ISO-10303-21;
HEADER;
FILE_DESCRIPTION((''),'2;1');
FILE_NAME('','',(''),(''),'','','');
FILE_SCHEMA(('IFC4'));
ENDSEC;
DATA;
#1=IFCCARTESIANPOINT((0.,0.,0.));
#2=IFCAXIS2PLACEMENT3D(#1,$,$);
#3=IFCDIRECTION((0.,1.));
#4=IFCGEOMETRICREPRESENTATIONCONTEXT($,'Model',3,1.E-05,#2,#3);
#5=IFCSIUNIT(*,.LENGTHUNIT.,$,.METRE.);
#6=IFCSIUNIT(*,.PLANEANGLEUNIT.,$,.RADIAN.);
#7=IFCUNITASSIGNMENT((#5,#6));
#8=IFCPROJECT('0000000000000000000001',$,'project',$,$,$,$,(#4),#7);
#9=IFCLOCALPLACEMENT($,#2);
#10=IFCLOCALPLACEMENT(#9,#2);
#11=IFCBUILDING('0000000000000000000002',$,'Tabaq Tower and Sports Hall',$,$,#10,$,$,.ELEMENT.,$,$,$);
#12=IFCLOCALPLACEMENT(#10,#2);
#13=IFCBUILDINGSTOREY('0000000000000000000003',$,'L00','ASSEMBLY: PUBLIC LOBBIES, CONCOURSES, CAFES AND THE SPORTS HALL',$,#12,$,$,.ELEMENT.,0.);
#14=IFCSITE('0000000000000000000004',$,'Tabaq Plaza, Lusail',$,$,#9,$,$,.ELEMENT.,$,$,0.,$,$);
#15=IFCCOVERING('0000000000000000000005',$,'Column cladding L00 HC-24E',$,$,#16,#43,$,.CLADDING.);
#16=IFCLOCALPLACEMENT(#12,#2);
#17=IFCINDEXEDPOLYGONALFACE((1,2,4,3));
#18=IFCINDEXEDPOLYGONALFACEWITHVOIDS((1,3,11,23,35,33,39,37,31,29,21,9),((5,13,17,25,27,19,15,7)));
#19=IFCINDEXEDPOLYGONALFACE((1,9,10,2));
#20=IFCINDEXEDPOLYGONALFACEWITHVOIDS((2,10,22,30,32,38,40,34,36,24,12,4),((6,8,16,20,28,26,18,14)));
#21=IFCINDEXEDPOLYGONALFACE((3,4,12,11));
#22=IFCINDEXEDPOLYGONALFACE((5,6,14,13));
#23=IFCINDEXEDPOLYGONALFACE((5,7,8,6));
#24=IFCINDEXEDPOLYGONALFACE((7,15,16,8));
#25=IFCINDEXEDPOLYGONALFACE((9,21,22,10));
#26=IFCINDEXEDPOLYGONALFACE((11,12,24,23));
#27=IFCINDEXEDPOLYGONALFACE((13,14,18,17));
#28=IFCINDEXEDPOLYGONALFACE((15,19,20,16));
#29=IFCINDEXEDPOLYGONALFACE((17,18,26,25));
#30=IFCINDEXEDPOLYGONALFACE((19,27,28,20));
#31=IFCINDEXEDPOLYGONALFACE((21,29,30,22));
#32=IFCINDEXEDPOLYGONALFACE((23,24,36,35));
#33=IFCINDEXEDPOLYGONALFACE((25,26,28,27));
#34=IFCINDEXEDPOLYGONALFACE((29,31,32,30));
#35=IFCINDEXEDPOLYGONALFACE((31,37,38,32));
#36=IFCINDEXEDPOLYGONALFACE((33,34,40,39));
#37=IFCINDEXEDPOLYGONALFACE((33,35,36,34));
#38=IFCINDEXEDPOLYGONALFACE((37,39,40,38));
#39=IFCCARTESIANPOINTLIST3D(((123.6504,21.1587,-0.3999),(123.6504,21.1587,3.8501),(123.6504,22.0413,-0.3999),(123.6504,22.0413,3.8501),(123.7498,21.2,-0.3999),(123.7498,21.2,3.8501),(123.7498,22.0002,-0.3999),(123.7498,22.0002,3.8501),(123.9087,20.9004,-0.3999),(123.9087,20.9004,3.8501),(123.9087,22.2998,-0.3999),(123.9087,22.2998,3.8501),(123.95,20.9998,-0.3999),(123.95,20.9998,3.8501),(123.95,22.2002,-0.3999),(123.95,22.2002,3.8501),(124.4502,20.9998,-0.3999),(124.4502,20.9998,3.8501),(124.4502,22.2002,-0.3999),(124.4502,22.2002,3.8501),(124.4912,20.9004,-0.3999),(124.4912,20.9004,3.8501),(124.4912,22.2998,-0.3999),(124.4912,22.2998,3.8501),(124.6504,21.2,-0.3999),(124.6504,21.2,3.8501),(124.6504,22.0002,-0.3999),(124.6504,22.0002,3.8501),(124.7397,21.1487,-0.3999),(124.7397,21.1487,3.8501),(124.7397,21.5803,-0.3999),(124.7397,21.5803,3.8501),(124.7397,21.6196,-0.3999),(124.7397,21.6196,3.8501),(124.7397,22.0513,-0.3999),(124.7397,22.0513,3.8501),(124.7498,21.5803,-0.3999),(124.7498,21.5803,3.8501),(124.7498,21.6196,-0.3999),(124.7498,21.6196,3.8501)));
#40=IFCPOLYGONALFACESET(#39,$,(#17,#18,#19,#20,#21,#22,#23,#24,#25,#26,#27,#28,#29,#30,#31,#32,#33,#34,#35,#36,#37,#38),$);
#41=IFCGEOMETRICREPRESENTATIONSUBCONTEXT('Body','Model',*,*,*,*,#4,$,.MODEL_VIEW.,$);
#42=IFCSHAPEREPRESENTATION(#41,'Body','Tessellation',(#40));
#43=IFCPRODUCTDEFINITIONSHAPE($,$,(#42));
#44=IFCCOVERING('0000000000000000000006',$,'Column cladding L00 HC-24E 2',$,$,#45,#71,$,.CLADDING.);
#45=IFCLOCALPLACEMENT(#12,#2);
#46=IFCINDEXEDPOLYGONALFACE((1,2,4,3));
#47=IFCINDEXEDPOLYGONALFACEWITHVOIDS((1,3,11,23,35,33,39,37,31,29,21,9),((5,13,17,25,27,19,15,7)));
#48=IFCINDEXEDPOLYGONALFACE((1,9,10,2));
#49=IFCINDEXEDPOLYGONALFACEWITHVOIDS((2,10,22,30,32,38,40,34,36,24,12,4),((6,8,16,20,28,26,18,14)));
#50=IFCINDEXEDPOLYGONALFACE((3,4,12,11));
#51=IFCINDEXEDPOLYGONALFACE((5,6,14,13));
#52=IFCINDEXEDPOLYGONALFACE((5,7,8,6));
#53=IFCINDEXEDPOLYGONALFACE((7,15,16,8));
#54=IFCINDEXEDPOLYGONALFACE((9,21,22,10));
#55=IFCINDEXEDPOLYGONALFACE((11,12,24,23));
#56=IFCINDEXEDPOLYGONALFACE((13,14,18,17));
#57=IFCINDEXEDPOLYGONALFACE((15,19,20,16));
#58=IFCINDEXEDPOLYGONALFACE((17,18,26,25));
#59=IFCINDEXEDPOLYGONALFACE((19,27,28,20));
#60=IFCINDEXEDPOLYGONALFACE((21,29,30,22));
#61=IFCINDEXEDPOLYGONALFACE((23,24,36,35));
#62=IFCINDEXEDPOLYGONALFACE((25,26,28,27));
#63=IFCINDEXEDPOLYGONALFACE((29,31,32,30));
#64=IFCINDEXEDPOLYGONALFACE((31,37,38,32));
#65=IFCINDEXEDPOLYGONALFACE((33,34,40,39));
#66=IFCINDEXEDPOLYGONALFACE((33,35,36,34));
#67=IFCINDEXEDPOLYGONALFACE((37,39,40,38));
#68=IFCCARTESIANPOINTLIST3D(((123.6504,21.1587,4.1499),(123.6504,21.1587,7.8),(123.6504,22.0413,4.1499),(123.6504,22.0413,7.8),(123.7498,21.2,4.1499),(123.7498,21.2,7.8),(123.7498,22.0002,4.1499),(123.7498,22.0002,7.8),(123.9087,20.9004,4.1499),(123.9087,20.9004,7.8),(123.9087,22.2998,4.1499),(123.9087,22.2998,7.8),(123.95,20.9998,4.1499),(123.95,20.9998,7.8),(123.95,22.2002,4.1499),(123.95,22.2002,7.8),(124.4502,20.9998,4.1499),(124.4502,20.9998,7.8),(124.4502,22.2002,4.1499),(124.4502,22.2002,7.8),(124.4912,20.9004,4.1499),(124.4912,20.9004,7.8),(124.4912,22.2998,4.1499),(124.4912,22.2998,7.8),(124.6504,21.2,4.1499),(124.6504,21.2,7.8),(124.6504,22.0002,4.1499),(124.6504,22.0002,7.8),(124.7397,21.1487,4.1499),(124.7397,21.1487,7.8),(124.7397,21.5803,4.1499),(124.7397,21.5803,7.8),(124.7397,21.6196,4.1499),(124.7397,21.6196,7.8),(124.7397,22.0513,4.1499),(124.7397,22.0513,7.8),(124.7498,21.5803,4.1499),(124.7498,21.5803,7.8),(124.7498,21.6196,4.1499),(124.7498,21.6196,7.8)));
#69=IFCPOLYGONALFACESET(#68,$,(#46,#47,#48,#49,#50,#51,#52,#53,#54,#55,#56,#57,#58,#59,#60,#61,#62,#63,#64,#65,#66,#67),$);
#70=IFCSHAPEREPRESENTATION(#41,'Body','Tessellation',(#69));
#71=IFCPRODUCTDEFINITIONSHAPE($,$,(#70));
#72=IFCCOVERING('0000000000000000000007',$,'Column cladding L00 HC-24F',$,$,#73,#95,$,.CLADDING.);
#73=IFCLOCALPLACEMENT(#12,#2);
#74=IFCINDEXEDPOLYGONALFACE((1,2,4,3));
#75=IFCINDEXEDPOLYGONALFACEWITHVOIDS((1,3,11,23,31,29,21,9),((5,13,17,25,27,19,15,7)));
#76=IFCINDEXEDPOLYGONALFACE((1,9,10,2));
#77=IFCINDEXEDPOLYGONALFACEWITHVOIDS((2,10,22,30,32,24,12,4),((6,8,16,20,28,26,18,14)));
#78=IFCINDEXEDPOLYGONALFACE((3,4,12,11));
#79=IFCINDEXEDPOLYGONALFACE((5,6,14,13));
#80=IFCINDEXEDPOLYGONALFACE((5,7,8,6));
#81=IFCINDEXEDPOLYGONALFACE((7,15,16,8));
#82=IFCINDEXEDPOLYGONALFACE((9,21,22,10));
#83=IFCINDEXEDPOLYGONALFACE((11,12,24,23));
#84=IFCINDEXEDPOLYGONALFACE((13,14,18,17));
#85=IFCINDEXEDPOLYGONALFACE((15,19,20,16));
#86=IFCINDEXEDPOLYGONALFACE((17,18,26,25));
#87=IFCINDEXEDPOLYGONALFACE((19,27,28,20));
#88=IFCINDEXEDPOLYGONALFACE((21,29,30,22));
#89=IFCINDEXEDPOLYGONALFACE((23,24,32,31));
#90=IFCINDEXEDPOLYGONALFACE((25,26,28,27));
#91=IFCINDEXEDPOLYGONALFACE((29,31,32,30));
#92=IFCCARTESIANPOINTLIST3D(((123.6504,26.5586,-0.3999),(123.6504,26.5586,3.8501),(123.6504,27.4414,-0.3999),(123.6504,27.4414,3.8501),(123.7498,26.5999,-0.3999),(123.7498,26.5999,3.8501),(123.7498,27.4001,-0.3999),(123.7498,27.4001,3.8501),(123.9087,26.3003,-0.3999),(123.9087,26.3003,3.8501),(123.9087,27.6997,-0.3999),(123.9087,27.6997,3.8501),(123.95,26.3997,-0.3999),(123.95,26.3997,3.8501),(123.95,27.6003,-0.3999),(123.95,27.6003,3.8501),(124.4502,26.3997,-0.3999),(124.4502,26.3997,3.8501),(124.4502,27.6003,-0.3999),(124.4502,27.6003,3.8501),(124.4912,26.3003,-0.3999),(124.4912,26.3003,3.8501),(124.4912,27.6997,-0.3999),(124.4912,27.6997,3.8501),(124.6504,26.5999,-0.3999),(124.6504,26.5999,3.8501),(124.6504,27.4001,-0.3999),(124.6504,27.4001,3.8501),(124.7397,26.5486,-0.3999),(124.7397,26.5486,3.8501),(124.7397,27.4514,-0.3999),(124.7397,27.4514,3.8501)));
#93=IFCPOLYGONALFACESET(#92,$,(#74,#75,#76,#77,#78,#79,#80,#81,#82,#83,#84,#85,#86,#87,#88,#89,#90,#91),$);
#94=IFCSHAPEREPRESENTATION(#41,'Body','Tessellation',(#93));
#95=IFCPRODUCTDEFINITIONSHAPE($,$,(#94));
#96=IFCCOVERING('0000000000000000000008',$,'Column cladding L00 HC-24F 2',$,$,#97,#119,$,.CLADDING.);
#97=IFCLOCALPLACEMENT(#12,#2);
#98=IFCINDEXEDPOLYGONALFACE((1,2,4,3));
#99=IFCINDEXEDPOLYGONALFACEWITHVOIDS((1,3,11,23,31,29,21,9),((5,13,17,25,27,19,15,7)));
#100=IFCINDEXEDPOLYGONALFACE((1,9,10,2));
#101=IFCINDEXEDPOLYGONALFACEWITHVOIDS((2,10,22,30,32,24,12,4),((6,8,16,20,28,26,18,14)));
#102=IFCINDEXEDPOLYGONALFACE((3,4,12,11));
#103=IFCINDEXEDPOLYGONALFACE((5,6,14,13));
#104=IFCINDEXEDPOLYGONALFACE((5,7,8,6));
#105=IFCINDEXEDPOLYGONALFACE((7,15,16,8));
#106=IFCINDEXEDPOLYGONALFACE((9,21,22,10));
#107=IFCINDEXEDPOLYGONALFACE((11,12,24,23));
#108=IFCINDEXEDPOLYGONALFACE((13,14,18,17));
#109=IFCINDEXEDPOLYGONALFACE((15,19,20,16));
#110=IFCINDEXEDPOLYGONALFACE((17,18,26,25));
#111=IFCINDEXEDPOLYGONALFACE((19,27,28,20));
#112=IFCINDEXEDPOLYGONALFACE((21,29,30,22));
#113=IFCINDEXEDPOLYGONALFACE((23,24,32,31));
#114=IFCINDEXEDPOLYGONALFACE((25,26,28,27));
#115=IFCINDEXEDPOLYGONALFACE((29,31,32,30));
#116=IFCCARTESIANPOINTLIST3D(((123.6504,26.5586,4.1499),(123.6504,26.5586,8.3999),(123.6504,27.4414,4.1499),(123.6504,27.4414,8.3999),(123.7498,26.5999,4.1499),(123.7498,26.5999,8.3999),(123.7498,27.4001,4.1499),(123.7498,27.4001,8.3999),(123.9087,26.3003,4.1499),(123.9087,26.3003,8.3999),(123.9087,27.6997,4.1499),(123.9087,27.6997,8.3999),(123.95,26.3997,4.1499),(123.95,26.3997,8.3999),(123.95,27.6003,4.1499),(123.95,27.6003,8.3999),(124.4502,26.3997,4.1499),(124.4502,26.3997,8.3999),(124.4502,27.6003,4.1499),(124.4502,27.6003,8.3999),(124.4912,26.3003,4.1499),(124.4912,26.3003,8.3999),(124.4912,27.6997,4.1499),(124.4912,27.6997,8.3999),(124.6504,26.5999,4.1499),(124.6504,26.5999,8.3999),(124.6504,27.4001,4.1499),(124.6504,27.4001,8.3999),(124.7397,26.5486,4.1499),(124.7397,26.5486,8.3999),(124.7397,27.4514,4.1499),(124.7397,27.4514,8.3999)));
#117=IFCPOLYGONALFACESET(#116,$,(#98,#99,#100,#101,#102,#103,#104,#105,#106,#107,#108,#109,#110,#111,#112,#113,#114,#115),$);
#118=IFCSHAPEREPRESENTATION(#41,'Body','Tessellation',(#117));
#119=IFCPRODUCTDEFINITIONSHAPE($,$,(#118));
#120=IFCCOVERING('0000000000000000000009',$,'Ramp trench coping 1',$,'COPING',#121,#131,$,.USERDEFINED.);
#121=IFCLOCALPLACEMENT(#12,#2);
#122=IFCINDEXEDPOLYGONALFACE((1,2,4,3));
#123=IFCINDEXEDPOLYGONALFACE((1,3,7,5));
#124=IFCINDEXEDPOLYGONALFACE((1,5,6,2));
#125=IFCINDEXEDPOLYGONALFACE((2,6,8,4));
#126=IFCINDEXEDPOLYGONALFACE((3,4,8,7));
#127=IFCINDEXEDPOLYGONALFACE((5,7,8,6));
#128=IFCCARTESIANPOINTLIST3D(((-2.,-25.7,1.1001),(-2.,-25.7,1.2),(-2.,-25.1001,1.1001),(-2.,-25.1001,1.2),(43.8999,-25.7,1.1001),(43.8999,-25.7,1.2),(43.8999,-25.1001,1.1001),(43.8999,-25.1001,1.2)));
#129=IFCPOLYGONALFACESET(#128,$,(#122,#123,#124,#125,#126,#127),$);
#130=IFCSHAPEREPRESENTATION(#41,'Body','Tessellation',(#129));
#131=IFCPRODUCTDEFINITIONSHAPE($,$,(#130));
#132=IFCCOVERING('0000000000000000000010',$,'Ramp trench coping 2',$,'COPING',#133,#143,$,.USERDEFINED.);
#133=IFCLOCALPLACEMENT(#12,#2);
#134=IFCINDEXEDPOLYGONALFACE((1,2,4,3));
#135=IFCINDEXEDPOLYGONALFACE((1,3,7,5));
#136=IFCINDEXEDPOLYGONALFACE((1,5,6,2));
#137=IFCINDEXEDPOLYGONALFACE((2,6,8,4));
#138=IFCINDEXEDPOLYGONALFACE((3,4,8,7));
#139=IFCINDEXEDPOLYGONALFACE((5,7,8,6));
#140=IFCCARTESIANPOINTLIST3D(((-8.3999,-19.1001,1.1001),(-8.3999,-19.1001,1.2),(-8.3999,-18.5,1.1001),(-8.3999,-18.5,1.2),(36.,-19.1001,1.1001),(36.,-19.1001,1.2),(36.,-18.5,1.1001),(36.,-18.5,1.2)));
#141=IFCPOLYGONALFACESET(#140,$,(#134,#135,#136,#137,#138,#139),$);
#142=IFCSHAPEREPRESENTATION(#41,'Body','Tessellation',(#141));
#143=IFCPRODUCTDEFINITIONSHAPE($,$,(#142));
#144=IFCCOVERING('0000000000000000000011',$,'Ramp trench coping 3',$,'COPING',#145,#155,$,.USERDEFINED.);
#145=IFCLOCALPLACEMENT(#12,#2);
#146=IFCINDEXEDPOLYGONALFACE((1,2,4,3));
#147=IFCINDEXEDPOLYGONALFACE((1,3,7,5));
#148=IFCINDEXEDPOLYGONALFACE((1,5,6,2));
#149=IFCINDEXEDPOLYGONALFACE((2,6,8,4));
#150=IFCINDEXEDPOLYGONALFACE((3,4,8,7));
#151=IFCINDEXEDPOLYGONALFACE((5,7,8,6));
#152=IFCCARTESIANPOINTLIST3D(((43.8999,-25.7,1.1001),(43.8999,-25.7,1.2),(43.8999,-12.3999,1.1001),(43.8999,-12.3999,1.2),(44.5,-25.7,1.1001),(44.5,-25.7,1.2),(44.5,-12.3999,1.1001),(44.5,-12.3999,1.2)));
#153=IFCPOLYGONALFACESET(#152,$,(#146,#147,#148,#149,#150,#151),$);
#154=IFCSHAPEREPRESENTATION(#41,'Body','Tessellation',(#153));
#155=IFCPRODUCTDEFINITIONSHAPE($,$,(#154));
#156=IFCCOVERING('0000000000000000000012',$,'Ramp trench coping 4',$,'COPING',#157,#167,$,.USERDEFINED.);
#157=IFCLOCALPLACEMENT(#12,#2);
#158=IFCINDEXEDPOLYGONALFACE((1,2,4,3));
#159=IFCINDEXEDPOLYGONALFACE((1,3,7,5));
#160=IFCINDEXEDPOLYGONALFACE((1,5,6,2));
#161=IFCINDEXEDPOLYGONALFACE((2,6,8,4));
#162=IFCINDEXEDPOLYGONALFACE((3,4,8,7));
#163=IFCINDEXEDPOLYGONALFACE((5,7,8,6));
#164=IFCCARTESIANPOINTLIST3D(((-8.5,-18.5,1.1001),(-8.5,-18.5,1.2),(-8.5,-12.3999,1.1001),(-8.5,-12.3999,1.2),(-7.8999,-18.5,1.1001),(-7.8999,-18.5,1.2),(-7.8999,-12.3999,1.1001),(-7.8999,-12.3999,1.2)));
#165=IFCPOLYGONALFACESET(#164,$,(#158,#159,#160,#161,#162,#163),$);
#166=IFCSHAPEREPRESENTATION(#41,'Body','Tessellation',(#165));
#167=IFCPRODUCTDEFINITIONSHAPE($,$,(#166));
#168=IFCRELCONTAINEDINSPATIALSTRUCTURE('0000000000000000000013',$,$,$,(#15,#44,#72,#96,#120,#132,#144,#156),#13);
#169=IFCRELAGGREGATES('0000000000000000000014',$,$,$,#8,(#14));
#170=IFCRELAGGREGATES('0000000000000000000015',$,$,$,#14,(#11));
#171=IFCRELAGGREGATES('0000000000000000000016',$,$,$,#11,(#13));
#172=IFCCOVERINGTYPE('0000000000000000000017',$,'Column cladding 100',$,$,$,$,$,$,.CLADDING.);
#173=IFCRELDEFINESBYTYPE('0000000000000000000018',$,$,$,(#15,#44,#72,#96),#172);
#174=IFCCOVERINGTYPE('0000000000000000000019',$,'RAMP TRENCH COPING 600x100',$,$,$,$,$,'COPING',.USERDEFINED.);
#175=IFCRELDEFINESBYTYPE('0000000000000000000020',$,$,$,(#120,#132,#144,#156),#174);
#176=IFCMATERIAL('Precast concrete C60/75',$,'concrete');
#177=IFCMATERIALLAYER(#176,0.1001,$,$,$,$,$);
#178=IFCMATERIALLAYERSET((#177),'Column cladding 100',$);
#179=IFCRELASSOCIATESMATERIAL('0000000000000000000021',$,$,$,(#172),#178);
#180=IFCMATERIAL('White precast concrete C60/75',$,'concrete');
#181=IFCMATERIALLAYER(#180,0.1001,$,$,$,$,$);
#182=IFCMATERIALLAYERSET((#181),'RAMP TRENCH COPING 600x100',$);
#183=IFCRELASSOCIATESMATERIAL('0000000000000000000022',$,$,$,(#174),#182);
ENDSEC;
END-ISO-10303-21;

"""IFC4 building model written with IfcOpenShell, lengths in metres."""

from ifc_helpers import new_model, si_unit, direction, frame, origin, place, context, subcontext, project, spatial, polyline, outline, extrude, material, layer, layer_set, type_object, element, save


model = new_model("IFC4")

# Units and contexts
model_context = context("Model", 3, precision=1e-05, world=origin(), true_north=direction((0.0, 1.0)))
body_context = subcontext(model_context, "Body", "Model", "MODEL_VIEW")
ifc_project = project(units=[si_unit("LENGTHUNIT", "METRE"), si_unit("PLANEANGLEUNIT", "RADIAN")], contexts=[model_context])

# Site, building, storey
site_placement = place(None, origin())
site = spatial("IfcSite", under=ifc_project, at=site_placement, Name="Tabaq Plaza, Lusail", CompositionType="ELEMENT", RefElevation=0.0)
building_placement = place(site_placement, origin())
building = spatial("IfcBuilding", under=site, at=building_placement, Name="Tabaq Tower and Sports Hall", CompositionType="ELEMENT")
storey_placement = place(building_placement, origin())
storey = spatial("IfcBuildingStorey", under=building, at=storey_placement, Name="L00", Description="ASSEMBLY: PUBLIC LOBBIES, CONCOURSES, CAFES AND THE SPORTS HALL", CompositionType="ELEMENT", Elevation=0.0)

# Coverings
ifc_material_1 = material(Name="Precast concrete C60/75", Category="concrete")
ifc_layer_1 = layer(ifc_material_1, 0.1001)
ifc_layer_set_1 = layer_set([ifc_layer_1], Name="Column cladding 100")
covering_type_1 = type_object("IfcCoveringType", Name="Column cladding 100", PredefinedType="CLADDING", material=ifc_layer_set_1)
covering_1_placement = place(storey_placement, frame((0.0, 0.0, -0.3999)))
element("IfcCovering", 1, at=covering_1_placement, inside=storey, type_object=covering_type_1, Name="Column cladding L00 HC-24E", PredefinedType="CLADDING", context=body_context, shape_type="SweptSolid", body=[
    extrude(outline(polyline([(123.9087, 20.9004), (123.6504, 21.1587), (123.6504, 22.0413), (123.9087, 22.2998), (124.4912, 22.2998), (124.7397, 22.0513), (124.7397, 21.6196), (124.7498, 21.6196), (124.7498, 21.5803), (124.7397, 21.5803), (124.7397, 21.1487), (124.4912, 20.9004), (123.9087, 20.9004)]), holes=[polyline([(124.4502, 22.2002), (123.95, 22.2002), (123.7498, 22.0002), (123.7498, 21.2), (123.95, 20.9998), (124.4502, 20.9998), (124.6504, 21.2), (124.6504, 22.0002), (124.4502, 22.2002)])]), origin(), (0.0, 0.0, 1.0), 4.25),
])
covering_2_placement = place(storey_placement, frame((0.0, 0.0, 4.1499)))
element("IfcCovering", 2, at=covering_2_placement, inside=storey, type_object=covering_type_1, Name="Column cladding L00 HC-24E 2", PredefinedType="CLADDING", context=body_context, shape_type="SweptSolid", body=[
    extrude(outline(polyline([(123.9087, 20.9004), (123.6504, 21.1587), (123.6504, 22.0413), (123.9087, 22.2998), (124.4912, 22.2998), (124.7397, 22.0513), (124.7397, 21.6196), (124.7498, 21.6196), (124.7498, 21.5803), (124.7397, 21.5803), (124.7397, 21.1487), (124.4912, 20.9004), (123.9087, 20.9004)]), holes=[polyline([(124.4502, 22.2002), (123.95, 22.2002), (123.7498, 22.0002), (123.7498, 21.2), (123.95, 20.9998), (124.4502, 20.9998), (124.6504, 21.2), (124.6504, 22.0002), (124.4502, 22.2002)])]), origin(), (0.0, 0.0, 1.0), 3.6501),
])
for number, where, name in (
    (3, (0.0, 0.0, -0.3999), "Column cladding L00 HC-24F"),
    (4, (0.0, 0.0, 4.1499), "Column cladding L00 HC-24F 2"),
):
    element("IfcCovering", number, at=place(storey_placement, frame(where)), inside=storey, type_object=covering_type_1, Name=name, PredefinedType="CLADDING", context=body_context, shape_type="SweptSolid", body=[
        extrude(outline(polyline([(123.9087, 26.3003), (123.6504, 26.5586), (123.6504, 27.4414), (123.9087, 27.6997), (124.4912, 27.6997), (124.7397, 27.4514), (124.7397, 26.5486), (124.4912, 26.3003), (123.9087, 26.3003)]), holes=[polyline([(124.4502, 27.6003), (123.95, 27.6003), (123.7498, 27.4001), (123.7498, 26.5999), (123.95, 26.3997), (124.4502, 26.3997), (124.6504, 26.5999), (124.6504, 27.4001), (124.4502, 27.6003)])]), origin(), (0.0, 0.0, 1.0), 4.25),
    ])
ifc_material_2 = material(Name="White precast concrete C60/75", Category="concrete")
ifc_layer_2 = layer(ifc_material_2, 0.1001)
ifc_layer_set_2 = layer_set([ifc_layer_2], Name="RAMP TRENCH COPING 600x100")
covering_type_2 = type_object("IfcCoveringType", Name="RAMP TRENCH COPING 600x100", ElementType="COPING", PredefinedType="USERDEFINED", material=ifc_layer_set_2)
covering_3_placement = place(storey_placement, frame((0.0, 0.0, 1.1001)))
element("IfcCovering", 5, at=covering_3_placement, inside=storey, type_object=covering_type_2, Name="Ramp trench coping 1", ObjectType="COPING", PredefinedType="USERDEFINED", context=body_context, shape_type="SweptSolid", body=[
    extrude(outline(polyline([(-2.0, -25.7), (43.8999, -25.7), (43.8999, -25.1001), (-2.0, -25.1001), (-2.0, -25.7)])), origin(), (0.0, 0.0, 1.0), 0.0999),
])
covering_4_placement = place(storey_placement, frame((0.0, 0.0, 1.1001)))
element("IfcCovering", 6, at=covering_4_placement, inside=storey, type_object=covering_type_2, Name="Ramp trench coping 2", ObjectType="COPING", PredefinedType="USERDEFINED", context=body_context, shape_type="SweptSolid", body=[
    extrude(outline(polyline([(-8.3999, -19.1001), (36.0, -19.1001), (36.0, -18.5), (-8.3999, -18.5), (-8.3999, -19.1001)])), origin(), (0.0, 0.0, 1.0), 0.0999),
])
covering_5_placement = place(storey_placement, frame((0.0, 0.0, 1.1001)))
element("IfcCovering", 7, at=covering_5_placement, inside=storey, type_object=covering_type_2, Name="Ramp trench coping 3", ObjectType="COPING", PredefinedType="USERDEFINED", context=body_context, shape_type="SweptSolid", body=[
    extrude(outline(polyline([(43.8999, -25.7), (44.5, -25.7), (44.5, -12.3999), (43.8999, -12.3999), (43.8999, -25.7)])), origin(), (0.0, 0.0, 1.0), 0.0999),
])
covering_6_placement = place(storey_placement, frame((0.0, 0.0, 1.1001)))
element("IfcCovering", 8, at=covering_6_placement, inside=storey, type_object=covering_type_2, Name="Ramp trench coping 4", ObjectType="COPING", PredefinedType="USERDEFINED", context=body_context, shape_type="SweptSolid", body=[
    extrude(outline(polyline([(-8.5, -18.5), (-7.8999, -18.5), (-7.8999, -12.3999), (-8.5, -12.3999), (-8.5, -18.5)])), origin(), (0.0, 0.0, 1.0), 0.0999),
])

save(model, "model.ifc")
